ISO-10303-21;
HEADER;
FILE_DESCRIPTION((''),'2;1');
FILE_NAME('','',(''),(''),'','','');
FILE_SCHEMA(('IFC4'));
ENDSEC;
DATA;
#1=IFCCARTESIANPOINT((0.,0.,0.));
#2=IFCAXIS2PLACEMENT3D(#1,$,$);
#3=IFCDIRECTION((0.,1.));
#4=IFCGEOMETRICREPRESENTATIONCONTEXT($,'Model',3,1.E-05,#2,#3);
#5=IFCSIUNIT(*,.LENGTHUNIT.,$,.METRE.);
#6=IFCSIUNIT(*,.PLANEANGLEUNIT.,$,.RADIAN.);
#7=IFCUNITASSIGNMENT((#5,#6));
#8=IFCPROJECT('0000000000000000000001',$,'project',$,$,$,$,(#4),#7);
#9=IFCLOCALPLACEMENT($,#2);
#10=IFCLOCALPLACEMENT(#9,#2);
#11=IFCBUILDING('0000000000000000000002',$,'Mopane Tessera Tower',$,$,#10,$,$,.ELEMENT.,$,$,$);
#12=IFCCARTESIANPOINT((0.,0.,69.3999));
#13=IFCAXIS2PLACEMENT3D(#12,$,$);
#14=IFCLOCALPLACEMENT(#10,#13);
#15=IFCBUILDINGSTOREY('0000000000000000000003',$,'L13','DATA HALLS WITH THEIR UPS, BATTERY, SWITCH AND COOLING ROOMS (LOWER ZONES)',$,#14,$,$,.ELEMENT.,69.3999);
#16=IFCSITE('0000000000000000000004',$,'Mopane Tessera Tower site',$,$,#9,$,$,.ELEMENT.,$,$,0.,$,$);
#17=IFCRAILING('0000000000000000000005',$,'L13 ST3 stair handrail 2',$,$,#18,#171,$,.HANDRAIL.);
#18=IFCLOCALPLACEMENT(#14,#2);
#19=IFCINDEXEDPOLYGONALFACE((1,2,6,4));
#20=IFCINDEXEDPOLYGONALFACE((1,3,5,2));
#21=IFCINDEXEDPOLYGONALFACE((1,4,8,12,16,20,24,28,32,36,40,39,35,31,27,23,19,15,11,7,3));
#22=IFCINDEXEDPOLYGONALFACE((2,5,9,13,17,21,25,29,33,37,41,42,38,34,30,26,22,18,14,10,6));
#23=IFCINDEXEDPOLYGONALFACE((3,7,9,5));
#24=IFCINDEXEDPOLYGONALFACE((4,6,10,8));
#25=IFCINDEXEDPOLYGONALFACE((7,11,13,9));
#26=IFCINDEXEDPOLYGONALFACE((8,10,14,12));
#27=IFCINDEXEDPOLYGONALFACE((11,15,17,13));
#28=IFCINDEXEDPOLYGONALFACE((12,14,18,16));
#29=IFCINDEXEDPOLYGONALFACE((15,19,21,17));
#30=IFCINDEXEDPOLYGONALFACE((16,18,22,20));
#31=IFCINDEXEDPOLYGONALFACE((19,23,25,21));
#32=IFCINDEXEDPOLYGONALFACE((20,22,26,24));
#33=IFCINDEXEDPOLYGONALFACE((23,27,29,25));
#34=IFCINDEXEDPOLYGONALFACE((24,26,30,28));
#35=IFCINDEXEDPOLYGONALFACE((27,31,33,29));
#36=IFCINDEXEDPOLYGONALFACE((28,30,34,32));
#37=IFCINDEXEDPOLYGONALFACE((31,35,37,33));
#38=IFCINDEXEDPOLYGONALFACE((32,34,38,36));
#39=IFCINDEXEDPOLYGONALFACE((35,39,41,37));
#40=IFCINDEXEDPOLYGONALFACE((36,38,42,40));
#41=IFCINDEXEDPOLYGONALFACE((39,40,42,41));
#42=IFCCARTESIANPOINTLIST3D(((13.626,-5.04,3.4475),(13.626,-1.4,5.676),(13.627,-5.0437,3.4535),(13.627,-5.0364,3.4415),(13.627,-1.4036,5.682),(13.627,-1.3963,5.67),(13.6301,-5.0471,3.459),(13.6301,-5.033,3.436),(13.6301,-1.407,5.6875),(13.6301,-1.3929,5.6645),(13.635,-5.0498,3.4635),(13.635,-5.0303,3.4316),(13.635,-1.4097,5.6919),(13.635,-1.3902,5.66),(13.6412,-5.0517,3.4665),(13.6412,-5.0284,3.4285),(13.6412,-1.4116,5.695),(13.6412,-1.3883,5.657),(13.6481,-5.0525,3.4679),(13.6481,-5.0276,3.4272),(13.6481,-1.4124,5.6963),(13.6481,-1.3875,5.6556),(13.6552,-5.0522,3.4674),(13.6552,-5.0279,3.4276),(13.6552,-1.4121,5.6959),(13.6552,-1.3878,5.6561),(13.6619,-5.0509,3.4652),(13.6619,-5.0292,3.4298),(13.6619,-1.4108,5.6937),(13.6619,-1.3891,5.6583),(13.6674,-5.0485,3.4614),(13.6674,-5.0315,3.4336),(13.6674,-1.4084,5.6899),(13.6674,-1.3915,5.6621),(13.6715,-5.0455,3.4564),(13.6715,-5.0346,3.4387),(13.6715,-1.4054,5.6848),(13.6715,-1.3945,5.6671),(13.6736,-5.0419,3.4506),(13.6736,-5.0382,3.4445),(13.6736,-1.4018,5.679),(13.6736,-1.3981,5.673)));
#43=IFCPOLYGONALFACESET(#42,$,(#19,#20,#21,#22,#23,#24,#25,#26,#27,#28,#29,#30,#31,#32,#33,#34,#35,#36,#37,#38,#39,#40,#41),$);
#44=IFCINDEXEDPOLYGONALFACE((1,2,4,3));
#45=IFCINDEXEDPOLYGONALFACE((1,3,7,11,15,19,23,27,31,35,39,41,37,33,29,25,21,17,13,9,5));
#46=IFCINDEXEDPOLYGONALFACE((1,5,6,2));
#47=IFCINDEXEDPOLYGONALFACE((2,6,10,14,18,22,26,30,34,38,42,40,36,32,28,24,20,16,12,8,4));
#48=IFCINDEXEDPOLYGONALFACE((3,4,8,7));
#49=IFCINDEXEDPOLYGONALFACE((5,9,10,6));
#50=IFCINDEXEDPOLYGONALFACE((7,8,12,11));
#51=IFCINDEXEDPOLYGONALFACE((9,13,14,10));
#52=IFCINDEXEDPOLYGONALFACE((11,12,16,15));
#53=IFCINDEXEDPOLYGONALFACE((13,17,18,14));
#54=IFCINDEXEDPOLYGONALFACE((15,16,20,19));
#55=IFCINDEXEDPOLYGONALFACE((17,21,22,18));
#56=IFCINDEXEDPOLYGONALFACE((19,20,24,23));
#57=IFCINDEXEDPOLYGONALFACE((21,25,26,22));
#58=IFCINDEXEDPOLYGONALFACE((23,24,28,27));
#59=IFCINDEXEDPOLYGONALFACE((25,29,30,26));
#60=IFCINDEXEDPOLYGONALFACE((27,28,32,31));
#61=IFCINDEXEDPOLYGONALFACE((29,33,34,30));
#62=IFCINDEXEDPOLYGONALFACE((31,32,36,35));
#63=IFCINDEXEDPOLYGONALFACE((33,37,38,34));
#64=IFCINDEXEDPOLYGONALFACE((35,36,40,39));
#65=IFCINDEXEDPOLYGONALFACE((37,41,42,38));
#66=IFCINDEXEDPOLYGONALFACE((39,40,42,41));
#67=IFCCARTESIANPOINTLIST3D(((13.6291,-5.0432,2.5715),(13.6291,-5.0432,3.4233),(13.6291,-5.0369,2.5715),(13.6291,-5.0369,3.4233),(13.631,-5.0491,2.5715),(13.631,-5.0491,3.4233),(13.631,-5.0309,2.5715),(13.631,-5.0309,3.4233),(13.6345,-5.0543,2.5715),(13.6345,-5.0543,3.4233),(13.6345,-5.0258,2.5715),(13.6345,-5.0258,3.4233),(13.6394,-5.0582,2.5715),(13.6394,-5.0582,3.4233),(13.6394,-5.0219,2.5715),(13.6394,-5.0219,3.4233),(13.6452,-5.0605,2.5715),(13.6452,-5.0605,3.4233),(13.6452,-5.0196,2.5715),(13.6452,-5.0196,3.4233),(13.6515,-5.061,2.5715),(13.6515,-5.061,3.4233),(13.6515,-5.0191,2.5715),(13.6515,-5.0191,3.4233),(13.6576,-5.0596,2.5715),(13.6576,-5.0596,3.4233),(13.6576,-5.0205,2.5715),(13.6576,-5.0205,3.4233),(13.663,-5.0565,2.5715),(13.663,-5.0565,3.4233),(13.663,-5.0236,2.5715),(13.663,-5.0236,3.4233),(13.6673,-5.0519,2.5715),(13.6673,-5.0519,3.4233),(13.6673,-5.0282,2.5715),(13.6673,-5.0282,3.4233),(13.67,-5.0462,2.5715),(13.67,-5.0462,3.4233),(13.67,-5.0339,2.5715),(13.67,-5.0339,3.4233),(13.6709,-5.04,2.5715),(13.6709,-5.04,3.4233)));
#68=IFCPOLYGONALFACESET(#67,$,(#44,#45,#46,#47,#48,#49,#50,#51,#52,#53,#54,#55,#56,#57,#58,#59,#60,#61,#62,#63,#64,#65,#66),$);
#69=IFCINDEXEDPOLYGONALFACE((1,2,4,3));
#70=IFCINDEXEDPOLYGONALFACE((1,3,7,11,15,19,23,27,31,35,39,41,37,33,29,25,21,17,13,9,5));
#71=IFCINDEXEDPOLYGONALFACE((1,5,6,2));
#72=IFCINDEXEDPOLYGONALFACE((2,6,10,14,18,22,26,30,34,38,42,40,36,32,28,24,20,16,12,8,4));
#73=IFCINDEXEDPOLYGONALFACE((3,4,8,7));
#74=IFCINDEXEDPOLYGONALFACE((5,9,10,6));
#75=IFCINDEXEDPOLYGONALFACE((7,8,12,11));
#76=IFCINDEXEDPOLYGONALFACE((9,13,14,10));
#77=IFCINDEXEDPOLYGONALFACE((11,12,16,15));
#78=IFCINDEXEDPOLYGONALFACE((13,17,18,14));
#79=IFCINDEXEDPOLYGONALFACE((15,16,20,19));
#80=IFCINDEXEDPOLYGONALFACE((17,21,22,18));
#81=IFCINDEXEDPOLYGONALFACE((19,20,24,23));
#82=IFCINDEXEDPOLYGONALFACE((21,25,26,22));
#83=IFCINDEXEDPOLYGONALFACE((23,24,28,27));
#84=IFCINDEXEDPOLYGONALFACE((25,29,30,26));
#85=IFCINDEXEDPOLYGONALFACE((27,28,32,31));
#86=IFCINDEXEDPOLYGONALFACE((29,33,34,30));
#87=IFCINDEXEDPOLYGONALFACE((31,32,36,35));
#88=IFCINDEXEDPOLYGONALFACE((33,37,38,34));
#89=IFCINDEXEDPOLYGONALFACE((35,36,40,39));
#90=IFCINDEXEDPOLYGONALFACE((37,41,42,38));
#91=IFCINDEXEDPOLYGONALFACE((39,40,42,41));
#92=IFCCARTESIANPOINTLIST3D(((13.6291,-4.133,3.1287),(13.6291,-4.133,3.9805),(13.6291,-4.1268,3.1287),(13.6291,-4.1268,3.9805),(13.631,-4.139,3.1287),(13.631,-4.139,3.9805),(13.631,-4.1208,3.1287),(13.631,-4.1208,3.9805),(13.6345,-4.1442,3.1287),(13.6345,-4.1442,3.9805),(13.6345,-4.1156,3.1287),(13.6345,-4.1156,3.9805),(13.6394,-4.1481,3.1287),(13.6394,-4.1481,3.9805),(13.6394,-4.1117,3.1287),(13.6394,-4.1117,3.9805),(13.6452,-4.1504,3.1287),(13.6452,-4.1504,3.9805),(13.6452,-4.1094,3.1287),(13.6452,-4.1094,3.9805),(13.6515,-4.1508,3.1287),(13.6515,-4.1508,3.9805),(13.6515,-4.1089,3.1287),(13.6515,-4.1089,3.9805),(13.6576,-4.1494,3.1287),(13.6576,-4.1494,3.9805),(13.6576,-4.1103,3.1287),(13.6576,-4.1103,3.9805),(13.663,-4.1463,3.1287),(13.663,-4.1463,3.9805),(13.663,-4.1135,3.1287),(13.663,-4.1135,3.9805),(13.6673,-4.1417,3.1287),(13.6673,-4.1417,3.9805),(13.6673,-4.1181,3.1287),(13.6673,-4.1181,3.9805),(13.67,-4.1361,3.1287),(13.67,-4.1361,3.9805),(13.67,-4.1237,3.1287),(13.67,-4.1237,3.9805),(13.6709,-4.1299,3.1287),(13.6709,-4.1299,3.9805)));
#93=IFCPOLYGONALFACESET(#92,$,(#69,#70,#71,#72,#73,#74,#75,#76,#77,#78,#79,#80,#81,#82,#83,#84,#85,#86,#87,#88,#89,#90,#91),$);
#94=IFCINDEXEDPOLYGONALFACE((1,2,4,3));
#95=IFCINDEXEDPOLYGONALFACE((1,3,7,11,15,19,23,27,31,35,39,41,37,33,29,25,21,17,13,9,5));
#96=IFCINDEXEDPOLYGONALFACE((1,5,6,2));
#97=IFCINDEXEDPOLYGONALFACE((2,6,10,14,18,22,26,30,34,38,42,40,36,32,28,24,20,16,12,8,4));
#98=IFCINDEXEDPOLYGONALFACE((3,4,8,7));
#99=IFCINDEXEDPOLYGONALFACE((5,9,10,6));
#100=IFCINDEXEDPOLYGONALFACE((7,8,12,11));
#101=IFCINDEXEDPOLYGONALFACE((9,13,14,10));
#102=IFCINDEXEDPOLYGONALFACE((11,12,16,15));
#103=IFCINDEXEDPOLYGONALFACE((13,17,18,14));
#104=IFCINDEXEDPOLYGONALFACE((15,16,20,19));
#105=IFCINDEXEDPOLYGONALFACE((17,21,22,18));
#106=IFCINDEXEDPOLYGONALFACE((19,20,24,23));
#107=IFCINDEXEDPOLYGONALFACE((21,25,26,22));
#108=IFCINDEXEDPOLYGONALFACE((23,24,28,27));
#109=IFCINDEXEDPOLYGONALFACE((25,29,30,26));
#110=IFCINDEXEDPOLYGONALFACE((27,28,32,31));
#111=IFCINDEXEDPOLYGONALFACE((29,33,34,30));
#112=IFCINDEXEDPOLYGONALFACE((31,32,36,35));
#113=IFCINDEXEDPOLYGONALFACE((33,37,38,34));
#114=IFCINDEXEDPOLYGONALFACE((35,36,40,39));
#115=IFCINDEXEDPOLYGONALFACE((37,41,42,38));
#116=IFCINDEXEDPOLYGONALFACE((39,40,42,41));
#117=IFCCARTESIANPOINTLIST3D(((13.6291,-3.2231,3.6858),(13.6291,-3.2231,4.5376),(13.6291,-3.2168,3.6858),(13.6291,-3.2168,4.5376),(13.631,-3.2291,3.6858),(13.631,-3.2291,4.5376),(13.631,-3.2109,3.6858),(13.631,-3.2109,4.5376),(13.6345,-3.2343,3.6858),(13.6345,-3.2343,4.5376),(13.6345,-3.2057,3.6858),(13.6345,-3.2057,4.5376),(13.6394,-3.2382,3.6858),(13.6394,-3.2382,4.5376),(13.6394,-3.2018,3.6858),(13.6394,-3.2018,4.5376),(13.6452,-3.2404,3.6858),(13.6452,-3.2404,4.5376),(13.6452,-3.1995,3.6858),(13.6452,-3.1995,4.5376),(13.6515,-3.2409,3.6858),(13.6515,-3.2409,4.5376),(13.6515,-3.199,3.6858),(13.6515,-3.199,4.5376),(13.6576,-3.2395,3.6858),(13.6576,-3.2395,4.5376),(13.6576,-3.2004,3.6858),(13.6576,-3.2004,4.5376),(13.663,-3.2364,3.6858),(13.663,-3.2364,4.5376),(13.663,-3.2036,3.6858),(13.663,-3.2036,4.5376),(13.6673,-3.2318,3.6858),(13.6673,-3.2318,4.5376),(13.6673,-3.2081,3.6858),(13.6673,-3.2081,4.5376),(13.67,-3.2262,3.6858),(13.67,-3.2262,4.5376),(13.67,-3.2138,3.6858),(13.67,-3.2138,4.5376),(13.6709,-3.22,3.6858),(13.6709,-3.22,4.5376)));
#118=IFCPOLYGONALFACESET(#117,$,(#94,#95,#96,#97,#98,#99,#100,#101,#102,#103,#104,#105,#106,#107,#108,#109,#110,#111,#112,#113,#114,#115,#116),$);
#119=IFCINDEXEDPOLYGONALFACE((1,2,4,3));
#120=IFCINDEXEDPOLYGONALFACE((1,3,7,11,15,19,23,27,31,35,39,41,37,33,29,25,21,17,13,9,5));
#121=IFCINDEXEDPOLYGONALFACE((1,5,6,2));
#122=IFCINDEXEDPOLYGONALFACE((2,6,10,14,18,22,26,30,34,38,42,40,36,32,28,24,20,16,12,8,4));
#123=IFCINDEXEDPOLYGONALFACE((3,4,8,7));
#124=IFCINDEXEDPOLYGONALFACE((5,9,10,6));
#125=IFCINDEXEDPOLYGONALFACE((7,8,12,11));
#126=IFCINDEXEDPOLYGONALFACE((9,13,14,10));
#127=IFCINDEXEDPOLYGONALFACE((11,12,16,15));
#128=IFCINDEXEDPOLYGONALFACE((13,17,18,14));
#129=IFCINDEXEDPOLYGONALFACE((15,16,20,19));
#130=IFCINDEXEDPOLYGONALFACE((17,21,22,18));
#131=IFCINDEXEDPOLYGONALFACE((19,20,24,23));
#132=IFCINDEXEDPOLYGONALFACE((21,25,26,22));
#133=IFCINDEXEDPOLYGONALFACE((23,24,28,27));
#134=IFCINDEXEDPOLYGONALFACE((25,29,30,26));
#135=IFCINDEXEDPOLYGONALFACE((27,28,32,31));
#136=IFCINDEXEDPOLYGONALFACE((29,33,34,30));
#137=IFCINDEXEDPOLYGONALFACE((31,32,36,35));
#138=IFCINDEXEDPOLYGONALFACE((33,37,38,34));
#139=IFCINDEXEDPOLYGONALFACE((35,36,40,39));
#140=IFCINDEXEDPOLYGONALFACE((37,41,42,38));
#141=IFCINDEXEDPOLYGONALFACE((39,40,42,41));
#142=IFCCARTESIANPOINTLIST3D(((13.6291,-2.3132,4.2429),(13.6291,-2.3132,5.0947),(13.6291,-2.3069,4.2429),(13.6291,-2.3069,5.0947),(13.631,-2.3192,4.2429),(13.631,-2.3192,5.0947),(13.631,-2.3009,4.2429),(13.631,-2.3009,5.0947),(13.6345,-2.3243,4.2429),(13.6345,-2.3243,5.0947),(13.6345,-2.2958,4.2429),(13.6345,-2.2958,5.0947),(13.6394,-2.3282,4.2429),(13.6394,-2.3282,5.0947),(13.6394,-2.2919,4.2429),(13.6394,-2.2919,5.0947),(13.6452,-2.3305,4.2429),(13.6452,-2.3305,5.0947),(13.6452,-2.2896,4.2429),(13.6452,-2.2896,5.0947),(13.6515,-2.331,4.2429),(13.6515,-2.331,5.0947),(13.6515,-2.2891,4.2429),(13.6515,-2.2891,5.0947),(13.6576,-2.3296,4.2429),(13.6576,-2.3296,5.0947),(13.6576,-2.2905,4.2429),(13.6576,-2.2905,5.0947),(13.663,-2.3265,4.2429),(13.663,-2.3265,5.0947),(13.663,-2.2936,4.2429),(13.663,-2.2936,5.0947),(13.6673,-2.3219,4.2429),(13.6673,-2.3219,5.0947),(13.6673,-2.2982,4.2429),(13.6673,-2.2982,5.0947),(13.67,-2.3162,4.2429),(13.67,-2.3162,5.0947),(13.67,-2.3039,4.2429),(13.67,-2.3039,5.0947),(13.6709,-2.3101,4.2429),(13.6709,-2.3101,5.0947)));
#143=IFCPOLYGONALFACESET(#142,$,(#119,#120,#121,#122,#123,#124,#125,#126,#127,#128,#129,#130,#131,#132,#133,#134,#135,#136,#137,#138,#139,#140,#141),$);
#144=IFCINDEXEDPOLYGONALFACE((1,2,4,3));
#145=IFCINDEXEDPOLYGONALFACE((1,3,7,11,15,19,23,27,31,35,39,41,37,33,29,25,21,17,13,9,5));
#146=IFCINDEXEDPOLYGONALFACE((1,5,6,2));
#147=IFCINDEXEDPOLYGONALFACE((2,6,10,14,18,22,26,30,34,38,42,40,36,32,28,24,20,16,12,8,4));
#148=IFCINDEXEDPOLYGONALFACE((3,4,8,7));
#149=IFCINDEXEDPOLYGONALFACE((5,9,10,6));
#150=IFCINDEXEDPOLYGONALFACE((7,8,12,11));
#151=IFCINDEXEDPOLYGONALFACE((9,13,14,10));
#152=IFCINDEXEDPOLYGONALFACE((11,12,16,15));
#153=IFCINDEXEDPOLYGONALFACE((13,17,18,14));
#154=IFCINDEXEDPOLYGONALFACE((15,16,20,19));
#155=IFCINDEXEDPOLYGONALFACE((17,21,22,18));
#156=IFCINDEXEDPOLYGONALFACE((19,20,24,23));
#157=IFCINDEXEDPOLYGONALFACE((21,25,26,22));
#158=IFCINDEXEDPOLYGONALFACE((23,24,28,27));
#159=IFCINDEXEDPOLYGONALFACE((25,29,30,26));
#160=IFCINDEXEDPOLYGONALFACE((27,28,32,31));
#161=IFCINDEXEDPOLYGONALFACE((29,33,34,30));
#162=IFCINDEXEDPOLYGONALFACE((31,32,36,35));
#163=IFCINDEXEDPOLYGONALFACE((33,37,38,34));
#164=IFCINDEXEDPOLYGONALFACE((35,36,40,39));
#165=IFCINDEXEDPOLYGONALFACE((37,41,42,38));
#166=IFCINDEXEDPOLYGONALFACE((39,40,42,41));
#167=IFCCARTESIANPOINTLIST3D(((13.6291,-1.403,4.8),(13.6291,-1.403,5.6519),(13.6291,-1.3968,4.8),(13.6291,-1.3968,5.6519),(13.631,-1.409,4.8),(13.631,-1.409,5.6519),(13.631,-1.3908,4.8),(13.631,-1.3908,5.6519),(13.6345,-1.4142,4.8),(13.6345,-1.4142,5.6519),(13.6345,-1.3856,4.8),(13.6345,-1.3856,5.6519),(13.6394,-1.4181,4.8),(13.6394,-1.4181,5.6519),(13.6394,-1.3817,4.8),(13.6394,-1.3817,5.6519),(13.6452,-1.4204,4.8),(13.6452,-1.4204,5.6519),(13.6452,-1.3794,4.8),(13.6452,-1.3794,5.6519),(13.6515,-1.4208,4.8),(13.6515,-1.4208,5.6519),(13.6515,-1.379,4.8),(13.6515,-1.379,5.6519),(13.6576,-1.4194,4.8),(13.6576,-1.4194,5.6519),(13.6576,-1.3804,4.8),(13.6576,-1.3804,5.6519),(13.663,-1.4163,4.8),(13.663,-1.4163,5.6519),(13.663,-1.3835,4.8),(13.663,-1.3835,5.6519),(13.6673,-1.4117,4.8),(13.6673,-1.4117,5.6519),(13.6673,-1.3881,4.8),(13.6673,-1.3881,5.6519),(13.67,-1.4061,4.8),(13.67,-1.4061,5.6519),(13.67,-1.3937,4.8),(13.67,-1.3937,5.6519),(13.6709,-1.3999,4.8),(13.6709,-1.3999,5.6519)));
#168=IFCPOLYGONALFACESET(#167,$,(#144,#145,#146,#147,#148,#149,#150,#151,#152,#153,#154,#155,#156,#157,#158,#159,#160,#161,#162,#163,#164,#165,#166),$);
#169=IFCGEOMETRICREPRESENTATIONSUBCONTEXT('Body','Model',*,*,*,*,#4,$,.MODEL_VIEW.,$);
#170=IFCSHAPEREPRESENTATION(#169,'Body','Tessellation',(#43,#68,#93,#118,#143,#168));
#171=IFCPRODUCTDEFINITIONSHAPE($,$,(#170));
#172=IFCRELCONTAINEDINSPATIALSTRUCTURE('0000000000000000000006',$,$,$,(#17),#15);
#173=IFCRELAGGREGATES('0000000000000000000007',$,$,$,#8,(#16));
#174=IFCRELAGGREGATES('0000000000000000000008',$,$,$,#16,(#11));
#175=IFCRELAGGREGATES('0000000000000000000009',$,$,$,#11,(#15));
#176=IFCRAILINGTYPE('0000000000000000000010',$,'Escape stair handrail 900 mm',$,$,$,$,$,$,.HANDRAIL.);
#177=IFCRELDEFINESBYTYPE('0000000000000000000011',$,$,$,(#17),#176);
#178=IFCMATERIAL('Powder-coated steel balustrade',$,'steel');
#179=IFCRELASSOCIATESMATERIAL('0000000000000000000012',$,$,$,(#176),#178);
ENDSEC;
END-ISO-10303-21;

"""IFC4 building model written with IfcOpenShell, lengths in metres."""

from ifc_helpers import new_model, si_unit, direction, frame, origin, origin_2d, place, context, subcontext, project, spatial, circle, extrude, material, type_object, element, save


model = new_model("IFC4")

# Units and contexts
model_context = context("Model", 3, precision=1e-05, world=origin(), true_north=direction((0.0, 1.0)))
body_context = subcontext(model_context, "Body", "Model", "MODEL_VIEW")
ifc_project = project(units=[si_unit("LENGTHUNIT", "METRE"), si_unit("PLANEANGLEUNIT", "RADIAN")], contexts=[model_context])

# Site, building, storey
site_placement = place(None, origin())
site = spatial("IfcSite", under=ifc_project, at=site_placement, Name="Mopane Tessera Tower site", CompositionType="ELEMENT", RefElevation=0.0)
building_placement = place(site_placement, origin())
building = spatial("IfcBuilding", under=site, at=building_placement, Name="Mopane Tessera Tower", CompositionType="ELEMENT")
storey_placement = place(building_placement, frame((0.0, 0.0, 69.3999)))
storey = spatial("IfcBuildingStorey", under=building, at=storey_placement, Name="L13", Description="DATA HALLS WITH THEIR UPS, BATTERY, SWITCH AND COOLING ROOMS (LOWER ZONES)", CompositionType="ELEMENT", Elevation=69.3999)

# Railing
ifc_material_1 = material(Name="Powder-coated steel balustrade", Category="steel")
railing_type_1 = type_object("IfcRailingType", Name="Escape stair handrail 900 mm", PredefinedType="HANDRAIL", material=ifc_material_1)
railing_1_placement = place(storey_placement, frame((13.6499, -5.04, 2.5715)))
element("IfcRailing", 1, at=railing_1_placement, inside=storey, type_object=railing_type_1, Name="L13 ST3 stair handrail 2", PredefinedType="HANDRAIL", context=body_context, shape_type="SweptSolid", body=[
    extrude(circle(Radius=0.0239, at=origin_2d()), frame((0.0, 0.0, 0.876), z_axis=(0.0, 0.852866, 0.52213), x_axis=(-1.0, 0.0, 0.0)), (0.0, 0.0, 1.0), 4.2681),
    extrude(circle(Radius=0.021, at=origin_2d()), origin(), (0.0, 0.0, 1.0), 0.8518),
    extrude(circle(Radius=0.021, at=origin_2d()), frame((0.0, 0.9102, 0.5571)), (0.0, 0.0, 1.0), 0.8518),
    extrude(circle(Radius=0.021, at=origin_2d()), frame((0.0, 1.8201, 1.1143)), (0.0, 0.0, 1.0), 0.8518),
    extrude(circle(Radius=0.021, at=origin_2d()), frame((0.0, 2.73, 1.6714)), (0.0, 0.0, 1.0), 0.8518),
    extrude(circle(Radius=0.021, at=origin_2d()), frame((0.0, 3.6401, 2.2285)), (0.0, 0.0, 1.0), 0.8518),
])

save(model, "model.ifc")
